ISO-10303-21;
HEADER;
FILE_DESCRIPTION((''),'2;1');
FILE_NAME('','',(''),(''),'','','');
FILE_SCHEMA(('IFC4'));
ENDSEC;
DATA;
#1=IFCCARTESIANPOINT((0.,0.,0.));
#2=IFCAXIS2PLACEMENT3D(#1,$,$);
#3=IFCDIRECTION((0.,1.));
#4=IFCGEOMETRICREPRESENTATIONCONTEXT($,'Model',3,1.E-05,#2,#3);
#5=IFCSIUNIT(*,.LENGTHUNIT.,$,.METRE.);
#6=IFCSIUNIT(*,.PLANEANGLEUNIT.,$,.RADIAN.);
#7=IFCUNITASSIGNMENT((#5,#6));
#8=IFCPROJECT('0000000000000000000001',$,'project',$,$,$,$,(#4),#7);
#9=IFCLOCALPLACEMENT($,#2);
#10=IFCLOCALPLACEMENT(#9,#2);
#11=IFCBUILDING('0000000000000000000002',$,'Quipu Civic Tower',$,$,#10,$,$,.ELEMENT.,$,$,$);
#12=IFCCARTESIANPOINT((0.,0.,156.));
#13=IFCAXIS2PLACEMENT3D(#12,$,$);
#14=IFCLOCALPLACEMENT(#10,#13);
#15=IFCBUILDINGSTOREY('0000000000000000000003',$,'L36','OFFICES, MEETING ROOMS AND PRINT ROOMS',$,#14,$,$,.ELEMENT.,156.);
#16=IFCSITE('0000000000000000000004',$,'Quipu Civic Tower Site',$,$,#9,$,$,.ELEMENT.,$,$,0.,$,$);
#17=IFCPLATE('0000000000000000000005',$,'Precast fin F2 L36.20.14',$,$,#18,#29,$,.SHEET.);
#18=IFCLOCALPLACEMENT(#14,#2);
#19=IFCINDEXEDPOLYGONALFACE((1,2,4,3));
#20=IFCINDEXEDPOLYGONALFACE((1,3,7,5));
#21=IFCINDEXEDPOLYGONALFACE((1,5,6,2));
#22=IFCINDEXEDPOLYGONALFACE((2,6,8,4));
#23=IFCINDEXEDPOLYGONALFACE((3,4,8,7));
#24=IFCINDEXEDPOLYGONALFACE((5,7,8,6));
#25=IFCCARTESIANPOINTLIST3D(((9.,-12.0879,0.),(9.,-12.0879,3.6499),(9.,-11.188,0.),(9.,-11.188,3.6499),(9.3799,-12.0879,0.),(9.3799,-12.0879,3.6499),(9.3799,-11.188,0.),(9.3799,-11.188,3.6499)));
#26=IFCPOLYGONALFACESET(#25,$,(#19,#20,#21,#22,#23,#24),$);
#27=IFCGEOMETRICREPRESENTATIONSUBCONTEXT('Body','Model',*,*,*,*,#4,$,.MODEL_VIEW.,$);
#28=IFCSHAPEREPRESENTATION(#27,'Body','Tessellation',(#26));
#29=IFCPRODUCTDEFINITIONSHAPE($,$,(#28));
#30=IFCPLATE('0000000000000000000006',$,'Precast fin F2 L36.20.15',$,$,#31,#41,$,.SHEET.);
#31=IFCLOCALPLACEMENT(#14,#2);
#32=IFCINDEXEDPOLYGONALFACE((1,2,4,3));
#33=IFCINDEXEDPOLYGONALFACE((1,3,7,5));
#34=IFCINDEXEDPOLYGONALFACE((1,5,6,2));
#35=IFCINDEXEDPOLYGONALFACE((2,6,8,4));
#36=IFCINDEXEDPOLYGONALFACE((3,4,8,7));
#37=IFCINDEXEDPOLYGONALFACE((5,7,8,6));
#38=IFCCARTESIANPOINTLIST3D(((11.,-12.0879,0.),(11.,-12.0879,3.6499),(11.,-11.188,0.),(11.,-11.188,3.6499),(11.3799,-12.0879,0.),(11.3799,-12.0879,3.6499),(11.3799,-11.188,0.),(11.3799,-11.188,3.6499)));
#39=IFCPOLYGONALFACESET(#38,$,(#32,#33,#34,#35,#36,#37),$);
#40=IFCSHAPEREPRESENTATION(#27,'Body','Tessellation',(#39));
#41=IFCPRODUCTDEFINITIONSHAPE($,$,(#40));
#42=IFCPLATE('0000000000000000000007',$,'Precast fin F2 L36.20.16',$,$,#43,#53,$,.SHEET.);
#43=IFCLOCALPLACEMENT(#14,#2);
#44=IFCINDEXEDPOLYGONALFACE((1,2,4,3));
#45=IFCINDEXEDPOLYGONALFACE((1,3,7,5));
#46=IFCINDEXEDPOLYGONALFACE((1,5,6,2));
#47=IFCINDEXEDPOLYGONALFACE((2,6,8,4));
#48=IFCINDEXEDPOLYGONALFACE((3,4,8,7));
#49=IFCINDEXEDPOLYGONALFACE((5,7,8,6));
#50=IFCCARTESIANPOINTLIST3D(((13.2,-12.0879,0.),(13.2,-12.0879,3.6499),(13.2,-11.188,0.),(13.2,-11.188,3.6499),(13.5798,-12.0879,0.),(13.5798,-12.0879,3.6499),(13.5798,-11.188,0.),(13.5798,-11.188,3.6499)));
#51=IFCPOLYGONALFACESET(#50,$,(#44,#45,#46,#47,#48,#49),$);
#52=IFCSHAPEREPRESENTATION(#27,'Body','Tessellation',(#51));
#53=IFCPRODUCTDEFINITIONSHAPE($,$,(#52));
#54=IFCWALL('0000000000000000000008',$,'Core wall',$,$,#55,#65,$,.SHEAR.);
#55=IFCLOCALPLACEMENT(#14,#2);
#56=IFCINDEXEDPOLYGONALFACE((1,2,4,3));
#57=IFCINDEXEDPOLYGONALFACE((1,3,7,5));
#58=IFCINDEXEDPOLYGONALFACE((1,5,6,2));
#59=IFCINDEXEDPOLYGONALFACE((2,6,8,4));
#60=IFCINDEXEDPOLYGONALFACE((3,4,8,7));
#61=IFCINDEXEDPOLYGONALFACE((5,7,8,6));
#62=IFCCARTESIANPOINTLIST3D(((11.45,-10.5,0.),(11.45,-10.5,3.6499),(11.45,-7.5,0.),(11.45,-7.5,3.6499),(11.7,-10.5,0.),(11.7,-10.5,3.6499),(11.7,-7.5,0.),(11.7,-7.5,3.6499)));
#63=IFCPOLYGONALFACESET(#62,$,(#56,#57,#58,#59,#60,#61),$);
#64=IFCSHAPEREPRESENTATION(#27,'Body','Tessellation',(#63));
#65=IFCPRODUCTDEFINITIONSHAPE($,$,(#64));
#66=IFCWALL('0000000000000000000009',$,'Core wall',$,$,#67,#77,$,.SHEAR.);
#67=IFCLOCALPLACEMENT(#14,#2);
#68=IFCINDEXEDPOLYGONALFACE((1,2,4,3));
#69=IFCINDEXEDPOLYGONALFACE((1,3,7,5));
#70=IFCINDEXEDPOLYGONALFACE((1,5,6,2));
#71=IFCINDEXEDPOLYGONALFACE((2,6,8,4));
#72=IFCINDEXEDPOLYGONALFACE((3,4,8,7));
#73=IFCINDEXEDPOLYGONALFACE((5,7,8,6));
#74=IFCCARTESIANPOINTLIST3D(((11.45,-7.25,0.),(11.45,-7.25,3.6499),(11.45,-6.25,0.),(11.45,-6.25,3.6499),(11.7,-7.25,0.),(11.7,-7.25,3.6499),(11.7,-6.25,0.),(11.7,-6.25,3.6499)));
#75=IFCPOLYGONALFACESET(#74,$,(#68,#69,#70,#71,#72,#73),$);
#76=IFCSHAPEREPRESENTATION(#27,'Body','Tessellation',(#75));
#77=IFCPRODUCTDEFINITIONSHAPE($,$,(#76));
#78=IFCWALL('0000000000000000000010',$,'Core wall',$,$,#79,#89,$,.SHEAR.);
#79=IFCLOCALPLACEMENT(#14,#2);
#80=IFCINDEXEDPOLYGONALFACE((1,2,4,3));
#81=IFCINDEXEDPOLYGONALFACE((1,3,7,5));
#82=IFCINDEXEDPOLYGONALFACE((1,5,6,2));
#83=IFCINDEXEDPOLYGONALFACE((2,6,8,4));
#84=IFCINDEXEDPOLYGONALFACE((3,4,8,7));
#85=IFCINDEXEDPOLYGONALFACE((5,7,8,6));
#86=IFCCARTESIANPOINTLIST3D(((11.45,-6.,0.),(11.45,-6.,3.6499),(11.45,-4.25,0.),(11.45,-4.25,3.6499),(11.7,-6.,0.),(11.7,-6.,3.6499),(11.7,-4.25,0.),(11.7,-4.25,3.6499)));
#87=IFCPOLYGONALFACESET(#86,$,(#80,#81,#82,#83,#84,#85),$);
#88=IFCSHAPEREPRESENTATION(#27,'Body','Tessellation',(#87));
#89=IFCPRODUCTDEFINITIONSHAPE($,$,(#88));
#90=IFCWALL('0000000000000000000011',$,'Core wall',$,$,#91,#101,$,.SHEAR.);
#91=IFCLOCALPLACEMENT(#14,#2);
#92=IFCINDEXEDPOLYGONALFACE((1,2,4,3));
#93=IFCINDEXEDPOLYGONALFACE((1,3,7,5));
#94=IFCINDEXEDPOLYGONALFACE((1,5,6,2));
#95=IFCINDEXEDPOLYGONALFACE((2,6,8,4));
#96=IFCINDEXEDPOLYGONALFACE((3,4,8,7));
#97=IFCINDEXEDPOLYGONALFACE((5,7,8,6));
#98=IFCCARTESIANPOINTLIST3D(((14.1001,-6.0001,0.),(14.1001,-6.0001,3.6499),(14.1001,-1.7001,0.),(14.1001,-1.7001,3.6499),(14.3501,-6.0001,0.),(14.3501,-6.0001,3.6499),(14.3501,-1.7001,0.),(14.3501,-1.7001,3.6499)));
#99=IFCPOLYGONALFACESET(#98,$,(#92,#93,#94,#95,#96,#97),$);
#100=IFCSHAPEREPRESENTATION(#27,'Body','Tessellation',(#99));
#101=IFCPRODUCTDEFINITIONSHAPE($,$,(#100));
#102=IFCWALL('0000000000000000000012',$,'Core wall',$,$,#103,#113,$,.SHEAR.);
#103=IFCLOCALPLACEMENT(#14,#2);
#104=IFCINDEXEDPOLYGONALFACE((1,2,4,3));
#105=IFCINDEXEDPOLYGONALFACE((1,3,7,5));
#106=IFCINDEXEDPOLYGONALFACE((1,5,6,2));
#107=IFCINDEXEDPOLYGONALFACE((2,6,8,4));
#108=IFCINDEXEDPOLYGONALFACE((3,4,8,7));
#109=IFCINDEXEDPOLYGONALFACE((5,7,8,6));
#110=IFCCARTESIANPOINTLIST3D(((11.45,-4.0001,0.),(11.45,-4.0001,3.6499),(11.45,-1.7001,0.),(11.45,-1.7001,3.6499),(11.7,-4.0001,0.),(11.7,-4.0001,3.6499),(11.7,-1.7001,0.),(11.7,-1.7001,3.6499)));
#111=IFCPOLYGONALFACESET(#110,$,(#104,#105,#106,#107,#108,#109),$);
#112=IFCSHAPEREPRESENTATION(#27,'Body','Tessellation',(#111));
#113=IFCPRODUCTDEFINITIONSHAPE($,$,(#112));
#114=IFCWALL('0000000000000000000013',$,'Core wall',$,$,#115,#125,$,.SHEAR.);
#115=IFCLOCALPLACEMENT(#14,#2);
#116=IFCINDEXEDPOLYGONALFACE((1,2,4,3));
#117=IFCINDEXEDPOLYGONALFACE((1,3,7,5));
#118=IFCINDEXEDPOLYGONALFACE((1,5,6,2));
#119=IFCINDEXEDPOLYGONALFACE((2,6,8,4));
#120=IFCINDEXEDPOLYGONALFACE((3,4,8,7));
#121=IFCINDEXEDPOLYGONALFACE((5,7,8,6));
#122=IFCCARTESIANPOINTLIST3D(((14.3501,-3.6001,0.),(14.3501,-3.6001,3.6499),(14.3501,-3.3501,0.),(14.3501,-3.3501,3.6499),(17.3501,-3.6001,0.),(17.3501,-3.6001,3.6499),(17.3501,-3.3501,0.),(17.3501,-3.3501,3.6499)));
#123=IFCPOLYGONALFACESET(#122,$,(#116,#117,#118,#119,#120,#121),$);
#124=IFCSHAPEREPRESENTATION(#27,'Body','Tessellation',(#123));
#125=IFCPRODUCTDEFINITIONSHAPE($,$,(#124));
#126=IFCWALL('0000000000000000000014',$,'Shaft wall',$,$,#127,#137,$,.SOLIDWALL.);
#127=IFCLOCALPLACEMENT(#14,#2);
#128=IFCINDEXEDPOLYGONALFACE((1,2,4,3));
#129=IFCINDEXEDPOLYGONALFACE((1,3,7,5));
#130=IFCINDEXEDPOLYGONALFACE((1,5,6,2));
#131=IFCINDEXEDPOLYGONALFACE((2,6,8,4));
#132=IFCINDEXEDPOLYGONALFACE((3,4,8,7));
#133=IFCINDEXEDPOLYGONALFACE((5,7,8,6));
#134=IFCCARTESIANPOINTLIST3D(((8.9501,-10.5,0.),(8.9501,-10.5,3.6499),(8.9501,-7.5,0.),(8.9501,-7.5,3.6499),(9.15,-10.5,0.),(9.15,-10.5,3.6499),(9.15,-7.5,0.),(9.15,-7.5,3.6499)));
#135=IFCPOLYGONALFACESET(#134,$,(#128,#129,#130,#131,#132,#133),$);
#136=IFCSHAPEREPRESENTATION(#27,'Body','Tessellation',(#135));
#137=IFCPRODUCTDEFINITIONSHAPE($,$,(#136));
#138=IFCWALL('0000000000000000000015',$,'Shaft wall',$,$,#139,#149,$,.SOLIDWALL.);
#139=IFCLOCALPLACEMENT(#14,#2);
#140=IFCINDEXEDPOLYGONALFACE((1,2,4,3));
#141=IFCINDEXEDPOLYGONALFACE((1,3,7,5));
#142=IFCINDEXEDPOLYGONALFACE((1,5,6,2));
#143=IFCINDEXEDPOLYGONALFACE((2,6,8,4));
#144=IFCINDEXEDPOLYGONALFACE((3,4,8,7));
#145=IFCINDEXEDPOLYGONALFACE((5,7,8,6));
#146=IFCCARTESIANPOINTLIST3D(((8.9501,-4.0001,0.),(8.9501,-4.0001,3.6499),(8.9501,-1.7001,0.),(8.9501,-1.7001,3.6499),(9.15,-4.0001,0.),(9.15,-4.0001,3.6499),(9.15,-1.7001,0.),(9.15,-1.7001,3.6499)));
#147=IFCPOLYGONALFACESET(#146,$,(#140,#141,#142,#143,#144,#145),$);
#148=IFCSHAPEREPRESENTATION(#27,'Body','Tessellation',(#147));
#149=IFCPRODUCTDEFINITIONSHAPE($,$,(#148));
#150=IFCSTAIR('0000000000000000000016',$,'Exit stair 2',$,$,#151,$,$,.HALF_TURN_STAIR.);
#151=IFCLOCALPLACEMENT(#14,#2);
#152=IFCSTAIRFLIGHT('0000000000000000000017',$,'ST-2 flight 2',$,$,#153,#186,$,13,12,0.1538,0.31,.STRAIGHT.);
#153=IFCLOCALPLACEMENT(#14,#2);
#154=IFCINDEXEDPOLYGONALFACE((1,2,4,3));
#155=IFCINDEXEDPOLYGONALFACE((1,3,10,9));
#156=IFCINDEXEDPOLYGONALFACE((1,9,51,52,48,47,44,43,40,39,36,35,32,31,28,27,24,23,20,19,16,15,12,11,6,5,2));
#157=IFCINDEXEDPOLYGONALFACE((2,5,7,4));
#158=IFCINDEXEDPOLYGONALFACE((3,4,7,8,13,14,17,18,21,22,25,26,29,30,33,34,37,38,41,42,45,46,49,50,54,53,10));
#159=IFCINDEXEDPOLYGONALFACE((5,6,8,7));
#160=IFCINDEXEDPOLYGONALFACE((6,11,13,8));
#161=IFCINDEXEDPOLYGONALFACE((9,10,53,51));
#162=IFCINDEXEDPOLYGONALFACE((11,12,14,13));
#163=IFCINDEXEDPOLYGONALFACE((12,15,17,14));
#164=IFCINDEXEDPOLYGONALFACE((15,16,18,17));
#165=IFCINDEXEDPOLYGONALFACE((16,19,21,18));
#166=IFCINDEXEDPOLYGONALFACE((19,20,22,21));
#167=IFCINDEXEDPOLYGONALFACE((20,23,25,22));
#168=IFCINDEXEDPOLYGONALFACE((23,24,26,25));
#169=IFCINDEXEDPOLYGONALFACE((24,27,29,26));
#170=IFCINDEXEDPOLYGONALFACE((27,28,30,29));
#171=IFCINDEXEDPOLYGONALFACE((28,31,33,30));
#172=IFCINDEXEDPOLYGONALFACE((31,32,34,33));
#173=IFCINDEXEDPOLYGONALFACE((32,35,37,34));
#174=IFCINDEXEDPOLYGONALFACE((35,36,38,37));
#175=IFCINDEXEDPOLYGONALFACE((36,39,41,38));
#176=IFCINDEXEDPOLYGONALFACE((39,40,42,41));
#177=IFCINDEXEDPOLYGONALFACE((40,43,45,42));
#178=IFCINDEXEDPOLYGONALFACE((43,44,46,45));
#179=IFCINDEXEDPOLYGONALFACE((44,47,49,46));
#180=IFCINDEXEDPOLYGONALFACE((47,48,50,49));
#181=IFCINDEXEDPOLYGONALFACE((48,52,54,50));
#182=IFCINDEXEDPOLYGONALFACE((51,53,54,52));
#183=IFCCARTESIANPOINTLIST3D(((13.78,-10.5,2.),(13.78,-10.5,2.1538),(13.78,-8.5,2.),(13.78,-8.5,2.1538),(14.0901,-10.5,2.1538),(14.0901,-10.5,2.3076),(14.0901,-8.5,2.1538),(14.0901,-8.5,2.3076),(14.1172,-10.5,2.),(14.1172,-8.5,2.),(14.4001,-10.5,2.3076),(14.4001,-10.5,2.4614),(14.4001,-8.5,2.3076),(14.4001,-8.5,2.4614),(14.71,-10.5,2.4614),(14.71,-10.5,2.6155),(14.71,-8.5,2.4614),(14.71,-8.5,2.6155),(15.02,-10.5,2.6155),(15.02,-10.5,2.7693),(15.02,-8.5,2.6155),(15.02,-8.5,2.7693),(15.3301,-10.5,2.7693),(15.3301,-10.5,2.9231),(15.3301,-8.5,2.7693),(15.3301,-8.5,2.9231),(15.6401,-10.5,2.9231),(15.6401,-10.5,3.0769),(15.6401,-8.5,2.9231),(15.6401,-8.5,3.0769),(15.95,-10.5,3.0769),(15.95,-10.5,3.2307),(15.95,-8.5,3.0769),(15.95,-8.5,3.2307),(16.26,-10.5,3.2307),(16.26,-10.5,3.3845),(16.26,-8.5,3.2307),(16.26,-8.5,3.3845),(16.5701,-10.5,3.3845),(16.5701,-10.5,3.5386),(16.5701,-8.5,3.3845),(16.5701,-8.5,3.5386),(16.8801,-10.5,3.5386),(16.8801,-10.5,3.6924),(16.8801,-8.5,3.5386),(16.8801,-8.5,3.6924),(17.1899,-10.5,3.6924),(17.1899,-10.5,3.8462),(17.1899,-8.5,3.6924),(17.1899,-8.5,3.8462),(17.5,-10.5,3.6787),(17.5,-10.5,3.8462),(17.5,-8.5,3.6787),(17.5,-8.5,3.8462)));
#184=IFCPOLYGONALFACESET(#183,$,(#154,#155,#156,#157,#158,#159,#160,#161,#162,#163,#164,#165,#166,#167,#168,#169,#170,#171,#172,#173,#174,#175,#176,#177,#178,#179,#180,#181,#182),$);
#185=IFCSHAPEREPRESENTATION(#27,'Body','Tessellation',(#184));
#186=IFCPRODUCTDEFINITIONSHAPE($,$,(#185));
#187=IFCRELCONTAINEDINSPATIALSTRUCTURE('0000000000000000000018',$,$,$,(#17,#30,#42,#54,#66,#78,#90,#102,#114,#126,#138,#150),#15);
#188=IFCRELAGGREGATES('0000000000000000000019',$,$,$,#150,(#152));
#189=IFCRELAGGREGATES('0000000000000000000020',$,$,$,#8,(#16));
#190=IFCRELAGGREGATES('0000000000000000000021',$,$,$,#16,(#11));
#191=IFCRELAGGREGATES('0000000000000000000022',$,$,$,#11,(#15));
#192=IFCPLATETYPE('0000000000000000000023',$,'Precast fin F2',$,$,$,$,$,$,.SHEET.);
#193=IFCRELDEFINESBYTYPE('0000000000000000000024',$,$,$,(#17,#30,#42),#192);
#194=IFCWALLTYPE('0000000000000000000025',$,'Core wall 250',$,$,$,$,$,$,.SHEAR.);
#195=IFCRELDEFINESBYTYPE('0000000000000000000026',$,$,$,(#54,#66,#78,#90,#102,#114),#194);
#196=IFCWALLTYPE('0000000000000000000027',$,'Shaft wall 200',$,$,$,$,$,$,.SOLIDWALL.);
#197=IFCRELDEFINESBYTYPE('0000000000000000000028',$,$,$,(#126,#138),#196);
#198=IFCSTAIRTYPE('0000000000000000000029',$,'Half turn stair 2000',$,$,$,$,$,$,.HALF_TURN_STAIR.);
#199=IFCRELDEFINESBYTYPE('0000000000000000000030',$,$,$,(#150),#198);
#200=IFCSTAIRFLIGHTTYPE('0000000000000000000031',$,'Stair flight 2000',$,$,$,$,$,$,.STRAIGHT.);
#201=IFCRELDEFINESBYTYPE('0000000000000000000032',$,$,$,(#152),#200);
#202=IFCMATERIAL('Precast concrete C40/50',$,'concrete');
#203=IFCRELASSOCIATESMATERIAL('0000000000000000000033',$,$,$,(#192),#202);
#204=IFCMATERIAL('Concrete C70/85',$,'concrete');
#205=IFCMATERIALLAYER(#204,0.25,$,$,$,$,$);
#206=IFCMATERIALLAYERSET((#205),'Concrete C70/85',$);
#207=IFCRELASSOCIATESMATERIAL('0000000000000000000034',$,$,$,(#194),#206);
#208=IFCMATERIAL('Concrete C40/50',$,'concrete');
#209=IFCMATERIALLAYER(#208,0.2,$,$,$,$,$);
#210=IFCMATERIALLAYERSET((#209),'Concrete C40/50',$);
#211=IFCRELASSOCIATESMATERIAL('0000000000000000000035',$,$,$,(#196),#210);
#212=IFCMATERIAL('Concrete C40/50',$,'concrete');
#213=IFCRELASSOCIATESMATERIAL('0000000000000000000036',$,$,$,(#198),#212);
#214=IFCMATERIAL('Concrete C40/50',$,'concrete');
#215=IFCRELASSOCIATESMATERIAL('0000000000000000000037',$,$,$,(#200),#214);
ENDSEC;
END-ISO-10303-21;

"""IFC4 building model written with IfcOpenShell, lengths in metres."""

from ifc_helpers import new_model, si_unit, direction, frame, frame_2d, origin, origin_2d, place, context, subcontext, project, spatial, polyline, rectangle, outline, extrude, material, layer, layer_set, type_object, element, aggregate, save


model = new_model("IFC4")

# Units and contexts
model_context = context("Model", 3, precision=1e-05, world=origin(), true_north=direction((0.0, 1.0)))
body_context = subcontext(model_context, "Body", "Model", "MODEL_VIEW")
ifc_project = project(units=[si_unit("LENGTHUNIT", "METRE"), si_unit("PLANEANGLEUNIT", "RADIAN")], contexts=[model_context])

# Site, building, storey
site_placement = place(None, origin())
site = spatial("IfcSite", under=ifc_project, at=site_placement, Name="Quipu Civic Tower Site", CompositionType="ELEMENT", RefElevation=0.0)
building_placement = place(site_placement, origin())
building = spatial("IfcBuilding", under=site, at=building_placement, Name="Quipu Civic Tower", CompositionType="ELEMENT")
storey_placement = place(building_placement, frame((0.0, 0.0, 156.0)))
storey = spatial("IfcBuildingStorey", under=building, at=storey_placement, Name="L36", Description="OFFICES, MEETING ROOMS AND PRINT ROOMS", CompositionType="ELEMENT", Elevation=156.0)

# Plates
ifc_material_1 = material(Name="Precast concrete C40/50", Category="concrete")
plate_type = type_object("IfcPlateType", Name="Precast fin F2", PredefinedType="SHEET", material=ifc_material_1)
for number, where, z_axis, x_axis, name in (
    (1, (9.1899, -11.6379, 0.0), (0.0, 0.0, 1.0), (1.0, 0.0, 0.0), "Precast fin F2 L36.20.14"),
    (2, (11.1899, -11.6379, 0.0), (0.0, 0.0, 1.0), (1.0, 0.0, 0.0), "Precast fin F2 L36.20.15"),
    (3, (13.3899, -11.6379, 0.0), (0.0, 0.0, 1.0), (1.0, 0.0, 0.0), "Precast fin F2 L36.20.16"),
):
    element("IfcPlate", number, at=place(storey_placement, frame(where, z_axis=z_axis, x_axis=x_axis)), inside=storey, type_object=plate_type, Name=name, PredefinedType="SHEET", context=body_context, shape_type="SweptSolid", body=[
        extrude(rectangle(XDim=0.3799, YDim=0.8999, at=origin_2d()), origin(), (0.0, 0.0, 1.0), 3.6499),
    ])

# Wall
ifc_material_2 = material(Name="Concrete C70/85", Category="concrete")
ifc_layer_1 = layer(ifc_material_2, 0.25)
ifc_layer_set_1 = layer_set([ifc_layer_1], Name="Concrete C70/85")
wall_type_1 = type_object("IfcWallType", Name="Core wall 250", PredefinedType="SHEAR", material=ifc_layer_set_1)
wall_1_placement = place(storey_placement, frame((11.575, -10.5, 0.0), z_axis=(0.0, 0.0, 1.0), x_axis=(0.0, 1.0, 0.0)))
element("IfcWall", 4, at=wall_1_placement, inside=storey, type_object=wall_type_1, Name="Core wall", PredefinedType="SHEAR", context=body_context, shape_type="SweptSolid", body=[
    extrude(rectangle(XDim=3.0, YDim=0.25, at=frame_2d((1.5, 0.0))), origin(), (0.0, 0.0, 1.0), 3.6499),
])

# Walls
wall_2_placement = place(storey_placement, frame((11.575, -7.25, 0.0), z_axis=(0.0, 0.0, 1.0), x_axis=(0.0, 1.0, 0.0)))
element("IfcWall", 5, at=wall_2_placement, inside=storey, type_object=wall_type_1, Name="Core wall", PredefinedType="SHEAR", context=body_context, shape_type="SweptSolid", body=[
    extrude(rectangle(XDim=1.0, YDim=0.25, at=frame_2d((0.5, 0.0))), origin(), (0.0, 0.0, 1.0), 3.6499),
])
wall_3_placement = place(storey_placement, frame((11.575, -6.0, 0.0), z_axis=(0.0, 0.0, 1.0), x_axis=(0.0, 1.0, 0.0)))
element("IfcWall", 6, at=wall_3_placement, inside=storey, type_object=wall_type_1, Name="Core wall", PredefinedType="SHEAR", context=body_context, shape_type="SweptSolid", body=[
    extrude(rectangle(XDim=1.75, YDim=0.25, at=frame_2d((0.875, 0.0))), origin(), (0.0, 0.0, 1.0), 3.6499),
])
wall_4_placement = place(storey_placement, frame((14.2251, -6.0, 0.0), z_axis=(0.0, 0.0, 1.0), x_axis=(0.0, 1.0, 0.0)))
element("IfcWall", 7, at=wall_4_placement, inside=storey, type_object=wall_type_1, Name="Core wall", PredefinedType="SHEAR", context=body_context, shape_type="SweptSolid", body=[
    extrude(rectangle(XDim=4.3, YDim=0.25, at=frame_2d((2.1499, 0.0))), origin(), (0.0, 0.0, 1.0), 3.6499),
])
wall_5_placement = place(storey_placement, frame((11.575, -4.0, 0.0), z_axis=(0.0, 0.0, 1.0), x_axis=(0.0, 1.0, 0.0)))
element("IfcWall", 8, at=wall_5_placement, inside=storey, type_object=wall_type_1, Name="Core wall", PredefinedType="SHEAR", context=body_context, shape_type="SweptSolid", body=[
    extrude(rectangle(XDim=2.3, YDim=0.25, at=frame_2d((1.1499, 0.0))), origin(), (0.0, 0.0, 1.0), 3.6499),
])
wall_6_placement = place(storey_placement, frame((14.3501, -3.4751, 0.0), z_axis=(0.0, 0.0, 1.0), x_axis=(1.0, 0.0, 0.0)))
element("IfcWall", 9, at=wall_6_placement, inside=storey, type_object=wall_type_1, Name="Core wall", PredefinedType="SHEAR", context=body_context, shape_type="SweptSolid", body=[
    extrude(rectangle(XDim=3.0, YDim=0.25, at=frame_2d((1.5, 0.0))), origin(), (0.0, 0.0, 1.0), 3.6499),
])
ifc_material_3 = material(Name="Concrete C40/50", Category="concrete")
ifc_layer_2 = layer(ifc_material_3, 0.2)
ifc_layer_set_2 = layer_set([ifc_layer_2], Name="Concrete C40/50")
wall_type_2 = type_object("IfcWallType", Name="Shaft wall 200", PredefinedType="SOLIDWALL", material=ifc_layer_set_2)
wall_7_placement = place(storey_placement, frame((9.05, -10.5, 0.0), z_axis=(0.0, 0.0, 1.0), x_axis=(0.0, 1.0, 0.0)))
element("IfcWall", 10, at=wall_7_placement, inside=storey, type_object=wall_type_2, Name="Shaft wall", PredefinedType="SOLIDWALL", context=body_context, shape_type="SweptSolid", body=[
    extrude(rectangle(XDim=3.0, YDim=0.2, at=frame_2d((1.5, 0.0))), origin(), (0.0, 0.0, 1.0), 3.6499),
])
wall_8_placement = place(storey_placement, frame((9.05, -4.0, 0.0), z_axis=(0.0, 0.0, 1.0), x_axis=(0.0, 1.0, 0.0)))
element("IfcWall", 11, at=wall_8_placement, inside=storey, type_object=wall_type_2, Name="Shaft wall", PredefinedType="SOLIDWALL", context=body_context, shape_type="SweptSolid", body=[
    extrude(rectangle(XDim=2.3, YDim=0.2, at=frame_2d((1.1499, 0.0))), origin(), (0.0, 0.0, 1.0), 3.6499),
])

# Stair, stair flight
ifc_material_4 = material(Name="Concrete C40/50", Category="concrete")
stair_type = type_object("IfcStairType", Name="Half turn stair 2000", PredefinedType="HALF_TURN_STAIR", material=ifc_material_4)
stair_placement = place(storey_placement, origin())
stair = element("IfcStair", 12, at=stair_placement, inside=storey, type_object=stair_type, Name="Exit stair 2", PredefinedType="HALF_TURN_STAIR")
ifc_material_5 = material(Name="Concrete C40/50", Category="concrete")
stair_flight_type = type_object("IfcStairFlightType", Name="Stair flight 2000", PredefinedType="STRAIGHT", material=ifc_material_5)
stair_flight_placement = place(storey_placement, frame((13.78, -9.5, 2.0), z_axis=(0.0, 0.0, 1.0), x_axis=(1.0, 0.0, 0.0)))
stair_flight = element("IfcStairFlight", 13, at=stair_flight_placement, type_object=stair_flight_type, Name="ST-2 flight 2", NumberOfRisers=13, NumberOfTreads=12, PredefinedType="STRAIGHT", RiserHeight=0.1538, TreadLength=0.31, context=body_context, shape_type="SweptSolid", body=[
    extrude(outline(polyline([(0.0, 0.0), (0.0, 0.1538), (0.3101, 0.1538), (0.3101, 0.3076), (0.6201, 0.3076), (0.6201, 0.4614), (0.9299, 0.4614), (0.9299, 0.6155), (1.24, 0.6155), (1.24, 0.7693), (1.55, 0.7693), (1.55, 0.9231), (1.8601, 0.9231), (1.8601, 1.0769), (2.1699, 1.0769), (2.1699, 1.2307), (2.48, 1.2307), (2.48, 1.3845), (2.79, 1.3845), (2.79, 1.5386), (3.1001, 1.5386), (3.1001, 1.6924), (3.4099, 1.6924), (3.4099, 1.8462), (3.72, 1.8462), (3.72, 2.0), (3.72, 1.6787), (0.3372, 0.0), (0.0, 0.0)])), frame((0.0, 1.0, 0.0), z_axis=(0.0, -1.0, 0.0), x_axis=(1.0, 0.0, 0.0)), (0.0, 0.0, 1.0), 2.0),
])
aggregate(stair, [stair_flight])

save(model, "model.ifc")
